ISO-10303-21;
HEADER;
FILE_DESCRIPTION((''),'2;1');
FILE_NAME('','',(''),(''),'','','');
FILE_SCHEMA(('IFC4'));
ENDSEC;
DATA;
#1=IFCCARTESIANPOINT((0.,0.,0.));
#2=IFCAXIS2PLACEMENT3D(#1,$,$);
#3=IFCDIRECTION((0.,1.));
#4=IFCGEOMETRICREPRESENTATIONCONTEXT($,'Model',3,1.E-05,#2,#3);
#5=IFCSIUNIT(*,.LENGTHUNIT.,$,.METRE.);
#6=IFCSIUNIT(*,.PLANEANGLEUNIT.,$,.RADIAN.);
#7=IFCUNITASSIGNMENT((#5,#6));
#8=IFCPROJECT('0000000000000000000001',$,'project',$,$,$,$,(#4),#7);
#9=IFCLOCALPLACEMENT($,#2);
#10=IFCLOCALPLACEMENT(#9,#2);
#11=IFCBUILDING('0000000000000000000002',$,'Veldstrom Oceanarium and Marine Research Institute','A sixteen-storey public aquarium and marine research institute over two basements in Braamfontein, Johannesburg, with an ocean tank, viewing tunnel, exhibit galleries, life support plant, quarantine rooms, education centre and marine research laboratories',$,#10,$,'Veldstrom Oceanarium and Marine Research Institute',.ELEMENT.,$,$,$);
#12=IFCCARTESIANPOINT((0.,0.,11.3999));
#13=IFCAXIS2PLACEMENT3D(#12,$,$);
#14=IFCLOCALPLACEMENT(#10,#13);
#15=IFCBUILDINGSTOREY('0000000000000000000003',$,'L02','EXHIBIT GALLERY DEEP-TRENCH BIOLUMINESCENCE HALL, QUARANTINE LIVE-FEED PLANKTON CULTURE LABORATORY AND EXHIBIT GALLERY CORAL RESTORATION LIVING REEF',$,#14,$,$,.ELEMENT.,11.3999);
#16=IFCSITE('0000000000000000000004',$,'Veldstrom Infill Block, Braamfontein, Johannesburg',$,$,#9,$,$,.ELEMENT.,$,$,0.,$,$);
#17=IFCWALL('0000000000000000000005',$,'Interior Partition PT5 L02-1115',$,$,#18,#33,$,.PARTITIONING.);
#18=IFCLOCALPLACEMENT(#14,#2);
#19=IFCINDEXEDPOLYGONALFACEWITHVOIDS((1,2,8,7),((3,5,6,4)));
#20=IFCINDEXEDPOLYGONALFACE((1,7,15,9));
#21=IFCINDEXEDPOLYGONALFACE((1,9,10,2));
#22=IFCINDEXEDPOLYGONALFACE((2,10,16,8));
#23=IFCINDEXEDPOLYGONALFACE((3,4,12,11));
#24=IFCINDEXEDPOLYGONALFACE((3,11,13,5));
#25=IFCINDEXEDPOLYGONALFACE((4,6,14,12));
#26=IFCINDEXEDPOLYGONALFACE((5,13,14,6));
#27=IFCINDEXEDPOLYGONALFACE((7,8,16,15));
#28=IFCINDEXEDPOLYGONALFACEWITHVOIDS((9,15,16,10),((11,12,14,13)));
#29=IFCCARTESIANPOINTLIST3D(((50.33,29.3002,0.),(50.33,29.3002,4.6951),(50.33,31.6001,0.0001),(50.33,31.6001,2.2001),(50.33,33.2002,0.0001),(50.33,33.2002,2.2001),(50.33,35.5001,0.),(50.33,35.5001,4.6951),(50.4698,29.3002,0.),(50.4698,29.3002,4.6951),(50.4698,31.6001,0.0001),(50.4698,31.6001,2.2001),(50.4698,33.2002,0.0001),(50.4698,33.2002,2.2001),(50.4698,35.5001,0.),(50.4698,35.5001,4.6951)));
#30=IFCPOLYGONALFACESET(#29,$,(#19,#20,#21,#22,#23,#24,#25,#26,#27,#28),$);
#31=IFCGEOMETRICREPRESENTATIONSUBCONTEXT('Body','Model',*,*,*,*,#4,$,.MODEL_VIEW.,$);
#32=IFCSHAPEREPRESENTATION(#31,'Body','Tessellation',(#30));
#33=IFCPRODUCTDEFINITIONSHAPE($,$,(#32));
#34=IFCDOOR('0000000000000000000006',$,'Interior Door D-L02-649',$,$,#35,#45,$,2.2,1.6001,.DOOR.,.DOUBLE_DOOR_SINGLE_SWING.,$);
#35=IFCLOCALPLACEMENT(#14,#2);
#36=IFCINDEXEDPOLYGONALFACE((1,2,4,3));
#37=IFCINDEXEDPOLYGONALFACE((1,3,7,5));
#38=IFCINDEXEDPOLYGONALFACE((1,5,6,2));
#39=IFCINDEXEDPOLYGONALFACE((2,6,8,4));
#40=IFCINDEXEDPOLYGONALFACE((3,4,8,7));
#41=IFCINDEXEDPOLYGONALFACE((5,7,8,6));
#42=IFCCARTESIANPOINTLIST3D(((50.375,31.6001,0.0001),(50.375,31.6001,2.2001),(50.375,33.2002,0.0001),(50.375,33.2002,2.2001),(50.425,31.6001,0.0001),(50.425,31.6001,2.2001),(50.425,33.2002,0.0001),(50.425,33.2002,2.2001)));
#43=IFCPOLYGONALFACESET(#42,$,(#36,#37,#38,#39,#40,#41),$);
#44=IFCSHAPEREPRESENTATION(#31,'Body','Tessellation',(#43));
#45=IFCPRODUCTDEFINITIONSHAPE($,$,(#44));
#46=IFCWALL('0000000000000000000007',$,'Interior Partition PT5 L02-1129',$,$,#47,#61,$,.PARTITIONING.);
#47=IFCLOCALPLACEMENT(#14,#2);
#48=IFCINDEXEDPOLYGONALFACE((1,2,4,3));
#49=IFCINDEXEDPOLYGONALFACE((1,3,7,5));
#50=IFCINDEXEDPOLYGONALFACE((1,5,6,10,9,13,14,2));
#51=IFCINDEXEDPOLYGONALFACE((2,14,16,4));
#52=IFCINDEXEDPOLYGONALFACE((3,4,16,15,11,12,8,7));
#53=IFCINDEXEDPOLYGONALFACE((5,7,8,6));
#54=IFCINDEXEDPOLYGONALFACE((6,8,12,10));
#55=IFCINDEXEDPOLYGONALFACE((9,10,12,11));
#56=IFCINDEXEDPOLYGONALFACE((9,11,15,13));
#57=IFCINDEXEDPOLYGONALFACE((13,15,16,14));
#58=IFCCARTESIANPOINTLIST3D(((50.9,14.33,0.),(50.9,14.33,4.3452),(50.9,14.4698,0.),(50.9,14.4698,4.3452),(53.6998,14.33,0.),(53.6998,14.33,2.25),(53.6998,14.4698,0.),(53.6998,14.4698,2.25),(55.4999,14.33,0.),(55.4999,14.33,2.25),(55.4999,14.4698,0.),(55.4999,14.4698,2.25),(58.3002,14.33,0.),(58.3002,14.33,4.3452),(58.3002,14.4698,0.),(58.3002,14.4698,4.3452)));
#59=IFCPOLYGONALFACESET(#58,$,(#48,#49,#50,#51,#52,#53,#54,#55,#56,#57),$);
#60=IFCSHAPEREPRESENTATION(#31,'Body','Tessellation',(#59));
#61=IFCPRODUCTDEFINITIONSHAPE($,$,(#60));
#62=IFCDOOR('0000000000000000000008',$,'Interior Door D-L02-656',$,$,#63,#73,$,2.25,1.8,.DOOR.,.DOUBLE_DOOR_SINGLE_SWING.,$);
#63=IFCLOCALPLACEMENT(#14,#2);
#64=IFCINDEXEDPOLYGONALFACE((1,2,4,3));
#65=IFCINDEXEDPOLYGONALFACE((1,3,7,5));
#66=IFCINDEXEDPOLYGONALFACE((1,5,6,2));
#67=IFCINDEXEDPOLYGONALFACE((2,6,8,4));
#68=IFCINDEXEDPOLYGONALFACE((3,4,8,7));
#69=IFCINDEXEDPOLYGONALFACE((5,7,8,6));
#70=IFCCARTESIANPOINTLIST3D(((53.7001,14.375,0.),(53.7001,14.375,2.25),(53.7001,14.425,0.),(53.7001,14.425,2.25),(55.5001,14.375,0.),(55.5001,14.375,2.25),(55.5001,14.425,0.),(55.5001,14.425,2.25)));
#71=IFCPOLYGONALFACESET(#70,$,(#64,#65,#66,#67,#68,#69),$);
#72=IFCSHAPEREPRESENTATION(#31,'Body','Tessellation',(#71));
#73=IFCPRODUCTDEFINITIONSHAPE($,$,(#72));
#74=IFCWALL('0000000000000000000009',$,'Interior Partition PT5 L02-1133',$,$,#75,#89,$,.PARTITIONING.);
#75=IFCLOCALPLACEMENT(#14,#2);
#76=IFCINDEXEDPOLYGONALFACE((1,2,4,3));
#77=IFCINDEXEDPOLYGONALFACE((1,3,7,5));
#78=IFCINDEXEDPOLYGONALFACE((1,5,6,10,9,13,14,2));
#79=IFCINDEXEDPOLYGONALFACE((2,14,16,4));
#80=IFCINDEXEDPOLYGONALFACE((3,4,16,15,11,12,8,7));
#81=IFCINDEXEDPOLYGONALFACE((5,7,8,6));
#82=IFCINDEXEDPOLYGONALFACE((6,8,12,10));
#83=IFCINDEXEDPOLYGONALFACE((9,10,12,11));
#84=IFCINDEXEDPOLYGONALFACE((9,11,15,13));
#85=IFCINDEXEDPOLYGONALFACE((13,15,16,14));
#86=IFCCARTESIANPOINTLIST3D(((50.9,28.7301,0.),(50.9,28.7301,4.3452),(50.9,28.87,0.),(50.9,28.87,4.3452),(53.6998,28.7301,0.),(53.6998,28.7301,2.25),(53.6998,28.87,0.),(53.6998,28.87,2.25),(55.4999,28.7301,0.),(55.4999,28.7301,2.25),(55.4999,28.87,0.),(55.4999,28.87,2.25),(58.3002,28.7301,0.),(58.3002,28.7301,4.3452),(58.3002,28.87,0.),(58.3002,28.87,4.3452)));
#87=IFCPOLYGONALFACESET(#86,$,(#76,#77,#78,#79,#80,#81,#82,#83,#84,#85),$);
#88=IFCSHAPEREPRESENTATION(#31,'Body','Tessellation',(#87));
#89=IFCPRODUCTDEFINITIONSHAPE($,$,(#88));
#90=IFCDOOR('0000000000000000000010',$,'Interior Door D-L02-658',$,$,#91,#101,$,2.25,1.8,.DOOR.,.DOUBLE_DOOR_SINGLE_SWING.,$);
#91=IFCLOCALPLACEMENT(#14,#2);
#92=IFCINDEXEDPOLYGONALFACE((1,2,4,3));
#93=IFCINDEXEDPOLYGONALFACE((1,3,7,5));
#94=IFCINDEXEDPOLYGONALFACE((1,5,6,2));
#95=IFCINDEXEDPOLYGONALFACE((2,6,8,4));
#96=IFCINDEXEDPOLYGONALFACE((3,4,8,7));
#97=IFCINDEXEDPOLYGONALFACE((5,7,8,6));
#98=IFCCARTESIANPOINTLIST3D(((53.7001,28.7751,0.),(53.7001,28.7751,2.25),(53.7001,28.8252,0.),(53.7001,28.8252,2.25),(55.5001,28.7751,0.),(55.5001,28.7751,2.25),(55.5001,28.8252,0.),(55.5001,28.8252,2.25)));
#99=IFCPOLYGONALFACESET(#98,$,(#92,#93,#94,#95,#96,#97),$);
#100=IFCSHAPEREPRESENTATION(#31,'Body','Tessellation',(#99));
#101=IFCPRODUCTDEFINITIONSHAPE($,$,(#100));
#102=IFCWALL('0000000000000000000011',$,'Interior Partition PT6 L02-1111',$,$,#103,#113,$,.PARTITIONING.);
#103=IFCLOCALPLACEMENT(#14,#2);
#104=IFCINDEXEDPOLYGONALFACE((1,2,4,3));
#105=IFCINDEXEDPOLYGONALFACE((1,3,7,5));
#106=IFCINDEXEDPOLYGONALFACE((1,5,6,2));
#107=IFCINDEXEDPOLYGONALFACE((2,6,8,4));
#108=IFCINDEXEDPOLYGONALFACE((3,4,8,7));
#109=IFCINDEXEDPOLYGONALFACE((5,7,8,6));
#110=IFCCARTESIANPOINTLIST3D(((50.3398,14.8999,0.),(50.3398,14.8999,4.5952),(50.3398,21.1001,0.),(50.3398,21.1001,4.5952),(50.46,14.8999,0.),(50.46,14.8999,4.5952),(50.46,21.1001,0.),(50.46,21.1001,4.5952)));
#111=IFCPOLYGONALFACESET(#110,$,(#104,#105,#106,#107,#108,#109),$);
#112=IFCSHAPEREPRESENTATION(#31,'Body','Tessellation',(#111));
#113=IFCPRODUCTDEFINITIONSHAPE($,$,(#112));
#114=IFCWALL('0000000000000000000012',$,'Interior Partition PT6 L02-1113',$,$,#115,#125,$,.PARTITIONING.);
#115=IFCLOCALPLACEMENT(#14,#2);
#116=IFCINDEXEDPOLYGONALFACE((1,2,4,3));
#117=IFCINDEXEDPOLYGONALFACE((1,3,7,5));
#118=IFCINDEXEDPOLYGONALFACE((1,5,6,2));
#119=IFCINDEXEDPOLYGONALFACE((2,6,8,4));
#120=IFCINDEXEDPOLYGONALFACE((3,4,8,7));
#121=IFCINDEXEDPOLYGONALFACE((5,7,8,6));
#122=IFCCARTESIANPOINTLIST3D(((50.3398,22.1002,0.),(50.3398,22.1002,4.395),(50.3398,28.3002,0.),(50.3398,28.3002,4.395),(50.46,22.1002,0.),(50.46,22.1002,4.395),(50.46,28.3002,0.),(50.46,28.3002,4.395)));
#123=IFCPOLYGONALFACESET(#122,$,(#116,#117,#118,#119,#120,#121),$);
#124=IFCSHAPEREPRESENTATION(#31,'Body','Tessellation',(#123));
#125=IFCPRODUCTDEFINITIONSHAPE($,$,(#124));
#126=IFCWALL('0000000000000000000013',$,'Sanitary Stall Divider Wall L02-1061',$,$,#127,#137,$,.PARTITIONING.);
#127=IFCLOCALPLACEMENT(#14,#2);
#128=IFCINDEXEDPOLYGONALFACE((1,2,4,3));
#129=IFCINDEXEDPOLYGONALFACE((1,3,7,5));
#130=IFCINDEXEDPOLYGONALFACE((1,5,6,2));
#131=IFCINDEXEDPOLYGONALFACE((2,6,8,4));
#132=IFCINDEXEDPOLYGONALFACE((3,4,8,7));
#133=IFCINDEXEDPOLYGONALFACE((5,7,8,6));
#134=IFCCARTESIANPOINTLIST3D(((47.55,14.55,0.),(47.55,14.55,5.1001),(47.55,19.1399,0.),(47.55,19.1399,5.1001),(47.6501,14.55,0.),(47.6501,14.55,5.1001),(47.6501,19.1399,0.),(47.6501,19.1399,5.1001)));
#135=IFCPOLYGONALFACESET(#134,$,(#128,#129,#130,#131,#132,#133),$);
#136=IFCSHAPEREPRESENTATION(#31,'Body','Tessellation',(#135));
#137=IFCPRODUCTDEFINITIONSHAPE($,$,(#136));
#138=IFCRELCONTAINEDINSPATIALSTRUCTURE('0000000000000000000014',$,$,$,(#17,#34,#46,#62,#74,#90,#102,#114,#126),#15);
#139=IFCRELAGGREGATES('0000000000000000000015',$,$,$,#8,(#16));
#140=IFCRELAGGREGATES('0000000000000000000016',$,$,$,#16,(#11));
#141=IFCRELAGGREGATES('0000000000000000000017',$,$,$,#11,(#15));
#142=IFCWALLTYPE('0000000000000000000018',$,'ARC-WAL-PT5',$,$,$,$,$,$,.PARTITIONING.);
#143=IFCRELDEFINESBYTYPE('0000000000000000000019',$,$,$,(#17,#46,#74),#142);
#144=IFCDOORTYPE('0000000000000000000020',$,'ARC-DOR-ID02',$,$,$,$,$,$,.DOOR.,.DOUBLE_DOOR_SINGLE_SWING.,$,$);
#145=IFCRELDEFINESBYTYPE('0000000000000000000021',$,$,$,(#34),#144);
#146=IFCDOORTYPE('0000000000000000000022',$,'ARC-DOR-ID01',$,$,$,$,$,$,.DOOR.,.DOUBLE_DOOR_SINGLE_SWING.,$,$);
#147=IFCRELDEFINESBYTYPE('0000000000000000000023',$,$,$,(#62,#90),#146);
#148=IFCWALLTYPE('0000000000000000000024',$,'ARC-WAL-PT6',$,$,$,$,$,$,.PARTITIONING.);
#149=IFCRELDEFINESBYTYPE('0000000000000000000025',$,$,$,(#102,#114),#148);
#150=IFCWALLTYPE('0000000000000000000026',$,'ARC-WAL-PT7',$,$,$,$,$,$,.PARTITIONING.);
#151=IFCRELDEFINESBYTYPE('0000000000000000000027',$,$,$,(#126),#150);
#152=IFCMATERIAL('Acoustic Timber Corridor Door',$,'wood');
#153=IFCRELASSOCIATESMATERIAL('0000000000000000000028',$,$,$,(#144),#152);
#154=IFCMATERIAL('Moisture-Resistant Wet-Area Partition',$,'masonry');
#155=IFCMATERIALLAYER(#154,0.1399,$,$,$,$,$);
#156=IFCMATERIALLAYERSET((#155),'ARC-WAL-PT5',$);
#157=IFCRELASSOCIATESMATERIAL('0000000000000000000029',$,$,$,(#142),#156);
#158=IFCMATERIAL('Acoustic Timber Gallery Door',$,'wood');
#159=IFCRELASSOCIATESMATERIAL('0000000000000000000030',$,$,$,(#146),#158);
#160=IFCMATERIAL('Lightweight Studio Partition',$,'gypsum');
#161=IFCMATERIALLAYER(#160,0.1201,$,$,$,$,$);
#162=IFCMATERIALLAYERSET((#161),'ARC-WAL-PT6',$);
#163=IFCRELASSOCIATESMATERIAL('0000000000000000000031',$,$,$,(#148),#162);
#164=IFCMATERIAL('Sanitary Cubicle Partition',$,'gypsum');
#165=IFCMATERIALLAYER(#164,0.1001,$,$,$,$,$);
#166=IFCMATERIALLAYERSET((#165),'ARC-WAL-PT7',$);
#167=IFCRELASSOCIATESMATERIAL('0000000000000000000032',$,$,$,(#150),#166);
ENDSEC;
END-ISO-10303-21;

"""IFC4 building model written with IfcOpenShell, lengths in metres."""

from ifc_helpers import new_model, si_unit, direction, frame, frame_2d, origin, place, context, subcontext, project, spatial, rectangle, extrude, material, layer, layer_set, type_object, element, fill, save


model = new_model("IFC4")

# Units and contexts
model_context = context("Model", 3, precision=1e-05, world=origin(), true_north=direction((0.0, 1.0)))
body_context = subcontext(model_context, "Body", "Model", "MODEL_VIEW")
ifc_project = project(units=[si_unit("LENGTHUNIT", "METRE"), si_unit("PLANEANGLEUNIT", "RADIAN")], contexts=[model_context])

# Site, building, storey
site_placement = place(None, origin())
site = spatial("IfcSite", under=ifc_project, at=site_placement, Name="Veldstrom Infill Block, Braamfontein, Johannesburg", CompositionType="ELEMENT", RefElevation=0.0)
building_placement = place(site_placement, origin())
building = spatial("IfcBuilding", under=site, at=building_placement, Name="Veldstrom Oceanarium and Marine Research Institute", Description="A sixteen-storey public aquarium and marine research institute over two basements in Braamfontein, Johannesburg, with an ocean tank, viewing tunnel, exhibit galleries, life support plant, quarantine rooms, education centre and marine research laboratories", LongName="Veldstrom Oceanarium and Marine Research Institute", CompositionType="ELEMENT")
storey_placement = place(building_placement, frame((0.0, 0.0, 11.3999)))
storey = spatial("IfcBuildingStorey", under=building, at=storey_placement, Name="L02", Description="EXHIBIT GALLERY DEEP-TRENCH BIOLUMINESCENCE HALL, QUARANTINE LIVE-FEED PLANKTON CULTURE LABORATORY AND EXHIBIT GALLERY CORAL RESTORATION LIVING REEF", CompositionType="ELEMENT", Elevation=11.3999)

# Walls, openings, doors
ifc_material_1 = material(Name="Acoustic Timber Corridor Door", Category="wood")
door_type_1 = type_object("IfcDoorType", Name="ARC-DOR-ID02", OperationType="DOUBLE_DOOR_SINGLE_SWING", PredefinedType="DOOR", material=ifc_material_1)
ifc_material_2 = material(Name="Moisture-Resistant Wet-Area Partition", Category="masonry")
ifc_layer_1 = layer(ifc_material_2, 0.1399)
ifc_layer_set_1 = layer_set([ifc_layer_1], Name="ARC-WAL-PT5")
wall_type_1 = type_object("IfcWallType", Name="ARC-WAL-PT5", PredefinedType="PARTITIONING", material=ifc_layer_set_1)
wall_1_placement = place(storey_placement, frame((50.3999, 29.3, 0.0), z_axis=(0.0, 0.0, 1.0), x_axis=(0.0, 1.0, 0.0)))
wall_1 = element("IfcWall", 1, at=wall_1_placement, inside=storey, type_object=wall_type_1, Name="Interior Partition PT5 L02-1115", PredefinedType="PARTITIONING", context=body_context, shape_type="SweptSolid", body=[
    extrude(rectangle(XDim=6.2, YDim=0.1399, at=frame_2d((3.1001, 0.0))), origin(), (0.0, 0.0, 1.0), 4.6951),
])
opening_1_placement = place(wall_1_placement, frame((2.3, 0.0, 0.0)))
opening_1 = element("IfcOpeningElement", 2, at=opening_1_placement, cuts=wall_1, PredefinedType="OPENING", context=body_context, shape_type="SweptSolid", body=[
    extrude(rectangle(XDim=1.6001, YDim=2.2, at=frame_2d((0.8, 1.1001))), frame((0.0, 0.0798, 0.0), z_axis=(0.0, -1.0, 0.0), x_axis=(1.0, 0.0, 0.0)), (0.0, 0.0, 1.0), 0.1599),
])
door_1_placement = place(opening_1_placement, origin())
door_1 = element("IfcDoor", 3, at=door_1_placement, inside=storey, type_object=door_type_1, Name="Interior Door D-L02-649", OperationType="DOUBLE_DOOR_SINGLE_SWING", OverallHeight=2.2, OverallWidth=1.6001, PredefinedType="DOOR", context=body_context, shape_type="SweptSolid", body=[
    extrude(rectangle(XDim=1.6001, YDim=2.2, at=frame_2d((0.8, 1.1001))), frame((0.0, 0.0249, 0.0), z_axis=(0.0, -1.0, 0.0), x_axis=(1.0, 0.0, 0.0)), (0.0, 0.0, 1.0), 0.05),
])
fill(opening_1, door_1)
wall_2_placement = place(storey_placement, frame((50.8999, 14.3999, 0.0), z_axis=(0.0, 0.0, 1.0), x_axis=(1.0, 0.0, 0.0)))
wall_2 = element("IfcWall", 4, at=wall_2_placement, inside=storey, type_object=wall_type_1, Name="Interior Partition PT5 L02-1129", PredefinedType="PARTITIONING", context=body_context, shape_type="SweptSolid", body=[
    extrude(rectangle(XDim=7.4001, YDim=0.1399, at=frame_2d((3.7002, 0.0))), origin(), (0.0, 0.0, 1.0), 4.3452),
])
opening_2_placement = place(wall_2_placement, frame((2.8, 0.0, 0.0)))
opening_2 = element("IfcOpeningElement", 5, at=opening_2_placement, cuts=wall_2, PredefinedType="OPENING", context=body_context, shape_type="SweptSolid", body=[
    extrude(rectangle(XDim=1.8, YDim=2.25, at=frame_2d((0.8999, 1.125))), frame((0.0, 0.0798, 0.0), z_axis=(0.0, -1.0, 0.0), x_axis=(1.0, 0.0, 0.0)), (0.0, 0.0, 1.0), 0.1599),
])
ifc_material_3 = material(Name="Acoustic Timber Gallery Door", Category="wood")
door_type_2 = type_object("IfcDoorType", Name="ARC-DOR-ID01", OperationType="DOUBLE_DOOR_SINGLE_SWING", PredefinedType="DOOR", material=ifc_material_3)
door_2_placement = place(opening_2_placement, frame((1.8, 0.0, 0.0), z_axis=(0.0, 0.0, 1.0), x_axis=(-1.0, 0.0, 0.0)))
door_2 = element("IfcDoor", 6, at=door_2_placement, inside=storey, type_object=door_type_2, Name="Interior Door D-L02-656", OperationType="DOUBLE_DOOR_SINGLE_SWING", OverallHeight=2.25, OverallWidth=1.8, PredefinedType="DOOR", context=body_context, shape_type="SweptSolid", body=[
    extrude(rectangle(XDim=1.8, YDim=2.25, at=frame_2d((0.8999, 1.125))), frame((0.0, 0.0249, 0.0), z_axis=(0.0, -1.0, 0.0), x_axis=(1.0, 0.0, 0.0)), (0.0, 0.0, 1.0), 0.05),
])
fill(opening_2, door_2)
wall_3_placement = place(storey_placement, frame((50.8999, 28.8, 0.0), z_axis=(0.0, 0.0, 1.0), x_axis=(1.0, 0.0, 0.0)))
wall_3 = element("IfcWall", 7, at=wall_3_placement, inside=storey, type_object=wall_type_1, Name="Interior Partition PT5 L02-1133", PredefinedType="PARTITIONING", context=body_context, shape_type="SweptSolid", body=[
    extrude(rectangle(XDim=7.4001, YDim=0.1399, at=frame_2d((3.7002, 0.0))), origin(), (0.0, 0.0, 1.0), 4.3452),
])
opening_3_placement = place(wall_3_placement, frame((2.8, 0.0, 0.0)))
opening_3 = element("IfcOpeningElement", 8, at=opening_3_placement, cuts=wall_3, PredefinedType="OPENING", context=body_context, shape_type="SweptSolid", body=[
    extrude(rectangle(XDim=1.8, YDim=2.25, at=frame_2d((0.8999, 1.125))), frame((0.0, 0.0798, 0.0), z_axis=(0.0, -1.0, 0.0), x_axis=(1.0, 0.0, 0.0)), (0.0, 0.0, 1.0), 0.1599),
])
door_3_placement = place(opening_3_placement, frame((1.8, 0.0, 0.0), z_axis=(0.0, 0.0, 1.0), x_axis=(-1.0, 0.0, 0.0)))
door_3 = element("IfcDoor", 9, at=door_3_placement, inside=storey, type_object=door_type_2, Name="Interior Door D-L02-658", OperationType="DOUBLE_DOOR_SINGLE_SWING", OverallHeight=2.25, OverallWidth=1.8, PredefinedType="DOOR", context=body_context, shape_type="SweptSolid", body=[
    extrude(rectangle(XDim=1.8, YDim=2.25, at=frame_2d((0.8999, 1.125))), frame((0.0, 0.0249, 0.0), z_axis=(0.0, -1.0, 0.0), x_axis=(1.0, 0.0, 0.0)), (0.0, 0.0, 1.0), 0.05),
])
fill(opening_3, door_3)

# Walls
ifc_material_4 = material(Name="Lightweight Studio Partition", Category="gypsum")
ifc_layer_2 = layer(ifc_material_4, 0.1201)
ifc_layer_set_2 = layer_set([ifc_layer_2], Name="ARC-WAL-PT6")
wall_type_2 = type_object("IfcWallType", Name="ARC-WAL-PT6", PredefinedType="PARTITIONING", material=ifc_layer_set_2)
wall_4_placement = place(storey_placement, frame((50.3999, 14.8999, 0.0), z_axis=(0.0, 0.0, 1.0), x_axis=(0.0, 1.0, 0.0)))
element("IfcWall", 10, at=wall_4_placement, inside=storey, type_object=wall_type_2, Name="Interior Partition PT6 L02-1111", PredefinedType="PARTITIONING", context=body_context, shape_type="SweptSolid", body=[
    extrude(rectangle(XDim=6.2002, YDim=0.1201, at=frame_2d((3.1001, 0.0))), origin(), (0.0, 0.0, 1.0), 4.5952),
])
wall_5_placement = place(storey_placement, frame((50.3999, 22.1001, 0.0), z_axis=(0.0, 0.0, 1.0), x_axis=(0.0, 1.0, 0.0)))
element("IfcWall", 11, at=wall_5_placement, inside=storey, type_object=wall_type_2, Name="Interior Partition PT6 L02-1113", PredefinedType="PARTITIONING", context=body_context, shape_type="SweptSolid", body=[
    extrude(rectangle(XDim=6.2, YDim=0.1201, at=frame_2d((3.1001, 0.0))), origin(), (0.0, 0.0, 1.0), 4.395),
])
ifc_material_5 = material(Name="Sanitary Cubicle Partition", Category="gypsum")
ifc_layer_3 = layer(ifc_material_5, 0.1001)
ifc_layer_set_3 = layer_set([ifc_layer_3], Name="ARC-WAL-PT7")
wall_type_3 = type_object("IfcWallType", Name="ARC-WAL-PT7", PredefinedType="PARTITIONING", material=ifc_layer_set_3)
wall_6_placement = place(storey_placement, frame((47.6001, 14.55, 0.0), z_axis=(0.0, 0.0, 1.0), x_axis=(0.0, 1.0, 0.0)))
element("IfcWall", 12, at=wall_6_placement, inside=storey, type_object=wall_type_3, Name="Sanitary Stall Divider Wall L02-1061", PredefinedType="PARTITIONING", context=body_context, shape_type="SweptSolid", body=[
    extrude(rectangle(XDim=4.5898, YDim=0.1001, at=frame_2d((2.2949, 0.0))), origin(), (0.0, 0.0, 1.0), 5.1001),
])

save(model, "model.ifc")
